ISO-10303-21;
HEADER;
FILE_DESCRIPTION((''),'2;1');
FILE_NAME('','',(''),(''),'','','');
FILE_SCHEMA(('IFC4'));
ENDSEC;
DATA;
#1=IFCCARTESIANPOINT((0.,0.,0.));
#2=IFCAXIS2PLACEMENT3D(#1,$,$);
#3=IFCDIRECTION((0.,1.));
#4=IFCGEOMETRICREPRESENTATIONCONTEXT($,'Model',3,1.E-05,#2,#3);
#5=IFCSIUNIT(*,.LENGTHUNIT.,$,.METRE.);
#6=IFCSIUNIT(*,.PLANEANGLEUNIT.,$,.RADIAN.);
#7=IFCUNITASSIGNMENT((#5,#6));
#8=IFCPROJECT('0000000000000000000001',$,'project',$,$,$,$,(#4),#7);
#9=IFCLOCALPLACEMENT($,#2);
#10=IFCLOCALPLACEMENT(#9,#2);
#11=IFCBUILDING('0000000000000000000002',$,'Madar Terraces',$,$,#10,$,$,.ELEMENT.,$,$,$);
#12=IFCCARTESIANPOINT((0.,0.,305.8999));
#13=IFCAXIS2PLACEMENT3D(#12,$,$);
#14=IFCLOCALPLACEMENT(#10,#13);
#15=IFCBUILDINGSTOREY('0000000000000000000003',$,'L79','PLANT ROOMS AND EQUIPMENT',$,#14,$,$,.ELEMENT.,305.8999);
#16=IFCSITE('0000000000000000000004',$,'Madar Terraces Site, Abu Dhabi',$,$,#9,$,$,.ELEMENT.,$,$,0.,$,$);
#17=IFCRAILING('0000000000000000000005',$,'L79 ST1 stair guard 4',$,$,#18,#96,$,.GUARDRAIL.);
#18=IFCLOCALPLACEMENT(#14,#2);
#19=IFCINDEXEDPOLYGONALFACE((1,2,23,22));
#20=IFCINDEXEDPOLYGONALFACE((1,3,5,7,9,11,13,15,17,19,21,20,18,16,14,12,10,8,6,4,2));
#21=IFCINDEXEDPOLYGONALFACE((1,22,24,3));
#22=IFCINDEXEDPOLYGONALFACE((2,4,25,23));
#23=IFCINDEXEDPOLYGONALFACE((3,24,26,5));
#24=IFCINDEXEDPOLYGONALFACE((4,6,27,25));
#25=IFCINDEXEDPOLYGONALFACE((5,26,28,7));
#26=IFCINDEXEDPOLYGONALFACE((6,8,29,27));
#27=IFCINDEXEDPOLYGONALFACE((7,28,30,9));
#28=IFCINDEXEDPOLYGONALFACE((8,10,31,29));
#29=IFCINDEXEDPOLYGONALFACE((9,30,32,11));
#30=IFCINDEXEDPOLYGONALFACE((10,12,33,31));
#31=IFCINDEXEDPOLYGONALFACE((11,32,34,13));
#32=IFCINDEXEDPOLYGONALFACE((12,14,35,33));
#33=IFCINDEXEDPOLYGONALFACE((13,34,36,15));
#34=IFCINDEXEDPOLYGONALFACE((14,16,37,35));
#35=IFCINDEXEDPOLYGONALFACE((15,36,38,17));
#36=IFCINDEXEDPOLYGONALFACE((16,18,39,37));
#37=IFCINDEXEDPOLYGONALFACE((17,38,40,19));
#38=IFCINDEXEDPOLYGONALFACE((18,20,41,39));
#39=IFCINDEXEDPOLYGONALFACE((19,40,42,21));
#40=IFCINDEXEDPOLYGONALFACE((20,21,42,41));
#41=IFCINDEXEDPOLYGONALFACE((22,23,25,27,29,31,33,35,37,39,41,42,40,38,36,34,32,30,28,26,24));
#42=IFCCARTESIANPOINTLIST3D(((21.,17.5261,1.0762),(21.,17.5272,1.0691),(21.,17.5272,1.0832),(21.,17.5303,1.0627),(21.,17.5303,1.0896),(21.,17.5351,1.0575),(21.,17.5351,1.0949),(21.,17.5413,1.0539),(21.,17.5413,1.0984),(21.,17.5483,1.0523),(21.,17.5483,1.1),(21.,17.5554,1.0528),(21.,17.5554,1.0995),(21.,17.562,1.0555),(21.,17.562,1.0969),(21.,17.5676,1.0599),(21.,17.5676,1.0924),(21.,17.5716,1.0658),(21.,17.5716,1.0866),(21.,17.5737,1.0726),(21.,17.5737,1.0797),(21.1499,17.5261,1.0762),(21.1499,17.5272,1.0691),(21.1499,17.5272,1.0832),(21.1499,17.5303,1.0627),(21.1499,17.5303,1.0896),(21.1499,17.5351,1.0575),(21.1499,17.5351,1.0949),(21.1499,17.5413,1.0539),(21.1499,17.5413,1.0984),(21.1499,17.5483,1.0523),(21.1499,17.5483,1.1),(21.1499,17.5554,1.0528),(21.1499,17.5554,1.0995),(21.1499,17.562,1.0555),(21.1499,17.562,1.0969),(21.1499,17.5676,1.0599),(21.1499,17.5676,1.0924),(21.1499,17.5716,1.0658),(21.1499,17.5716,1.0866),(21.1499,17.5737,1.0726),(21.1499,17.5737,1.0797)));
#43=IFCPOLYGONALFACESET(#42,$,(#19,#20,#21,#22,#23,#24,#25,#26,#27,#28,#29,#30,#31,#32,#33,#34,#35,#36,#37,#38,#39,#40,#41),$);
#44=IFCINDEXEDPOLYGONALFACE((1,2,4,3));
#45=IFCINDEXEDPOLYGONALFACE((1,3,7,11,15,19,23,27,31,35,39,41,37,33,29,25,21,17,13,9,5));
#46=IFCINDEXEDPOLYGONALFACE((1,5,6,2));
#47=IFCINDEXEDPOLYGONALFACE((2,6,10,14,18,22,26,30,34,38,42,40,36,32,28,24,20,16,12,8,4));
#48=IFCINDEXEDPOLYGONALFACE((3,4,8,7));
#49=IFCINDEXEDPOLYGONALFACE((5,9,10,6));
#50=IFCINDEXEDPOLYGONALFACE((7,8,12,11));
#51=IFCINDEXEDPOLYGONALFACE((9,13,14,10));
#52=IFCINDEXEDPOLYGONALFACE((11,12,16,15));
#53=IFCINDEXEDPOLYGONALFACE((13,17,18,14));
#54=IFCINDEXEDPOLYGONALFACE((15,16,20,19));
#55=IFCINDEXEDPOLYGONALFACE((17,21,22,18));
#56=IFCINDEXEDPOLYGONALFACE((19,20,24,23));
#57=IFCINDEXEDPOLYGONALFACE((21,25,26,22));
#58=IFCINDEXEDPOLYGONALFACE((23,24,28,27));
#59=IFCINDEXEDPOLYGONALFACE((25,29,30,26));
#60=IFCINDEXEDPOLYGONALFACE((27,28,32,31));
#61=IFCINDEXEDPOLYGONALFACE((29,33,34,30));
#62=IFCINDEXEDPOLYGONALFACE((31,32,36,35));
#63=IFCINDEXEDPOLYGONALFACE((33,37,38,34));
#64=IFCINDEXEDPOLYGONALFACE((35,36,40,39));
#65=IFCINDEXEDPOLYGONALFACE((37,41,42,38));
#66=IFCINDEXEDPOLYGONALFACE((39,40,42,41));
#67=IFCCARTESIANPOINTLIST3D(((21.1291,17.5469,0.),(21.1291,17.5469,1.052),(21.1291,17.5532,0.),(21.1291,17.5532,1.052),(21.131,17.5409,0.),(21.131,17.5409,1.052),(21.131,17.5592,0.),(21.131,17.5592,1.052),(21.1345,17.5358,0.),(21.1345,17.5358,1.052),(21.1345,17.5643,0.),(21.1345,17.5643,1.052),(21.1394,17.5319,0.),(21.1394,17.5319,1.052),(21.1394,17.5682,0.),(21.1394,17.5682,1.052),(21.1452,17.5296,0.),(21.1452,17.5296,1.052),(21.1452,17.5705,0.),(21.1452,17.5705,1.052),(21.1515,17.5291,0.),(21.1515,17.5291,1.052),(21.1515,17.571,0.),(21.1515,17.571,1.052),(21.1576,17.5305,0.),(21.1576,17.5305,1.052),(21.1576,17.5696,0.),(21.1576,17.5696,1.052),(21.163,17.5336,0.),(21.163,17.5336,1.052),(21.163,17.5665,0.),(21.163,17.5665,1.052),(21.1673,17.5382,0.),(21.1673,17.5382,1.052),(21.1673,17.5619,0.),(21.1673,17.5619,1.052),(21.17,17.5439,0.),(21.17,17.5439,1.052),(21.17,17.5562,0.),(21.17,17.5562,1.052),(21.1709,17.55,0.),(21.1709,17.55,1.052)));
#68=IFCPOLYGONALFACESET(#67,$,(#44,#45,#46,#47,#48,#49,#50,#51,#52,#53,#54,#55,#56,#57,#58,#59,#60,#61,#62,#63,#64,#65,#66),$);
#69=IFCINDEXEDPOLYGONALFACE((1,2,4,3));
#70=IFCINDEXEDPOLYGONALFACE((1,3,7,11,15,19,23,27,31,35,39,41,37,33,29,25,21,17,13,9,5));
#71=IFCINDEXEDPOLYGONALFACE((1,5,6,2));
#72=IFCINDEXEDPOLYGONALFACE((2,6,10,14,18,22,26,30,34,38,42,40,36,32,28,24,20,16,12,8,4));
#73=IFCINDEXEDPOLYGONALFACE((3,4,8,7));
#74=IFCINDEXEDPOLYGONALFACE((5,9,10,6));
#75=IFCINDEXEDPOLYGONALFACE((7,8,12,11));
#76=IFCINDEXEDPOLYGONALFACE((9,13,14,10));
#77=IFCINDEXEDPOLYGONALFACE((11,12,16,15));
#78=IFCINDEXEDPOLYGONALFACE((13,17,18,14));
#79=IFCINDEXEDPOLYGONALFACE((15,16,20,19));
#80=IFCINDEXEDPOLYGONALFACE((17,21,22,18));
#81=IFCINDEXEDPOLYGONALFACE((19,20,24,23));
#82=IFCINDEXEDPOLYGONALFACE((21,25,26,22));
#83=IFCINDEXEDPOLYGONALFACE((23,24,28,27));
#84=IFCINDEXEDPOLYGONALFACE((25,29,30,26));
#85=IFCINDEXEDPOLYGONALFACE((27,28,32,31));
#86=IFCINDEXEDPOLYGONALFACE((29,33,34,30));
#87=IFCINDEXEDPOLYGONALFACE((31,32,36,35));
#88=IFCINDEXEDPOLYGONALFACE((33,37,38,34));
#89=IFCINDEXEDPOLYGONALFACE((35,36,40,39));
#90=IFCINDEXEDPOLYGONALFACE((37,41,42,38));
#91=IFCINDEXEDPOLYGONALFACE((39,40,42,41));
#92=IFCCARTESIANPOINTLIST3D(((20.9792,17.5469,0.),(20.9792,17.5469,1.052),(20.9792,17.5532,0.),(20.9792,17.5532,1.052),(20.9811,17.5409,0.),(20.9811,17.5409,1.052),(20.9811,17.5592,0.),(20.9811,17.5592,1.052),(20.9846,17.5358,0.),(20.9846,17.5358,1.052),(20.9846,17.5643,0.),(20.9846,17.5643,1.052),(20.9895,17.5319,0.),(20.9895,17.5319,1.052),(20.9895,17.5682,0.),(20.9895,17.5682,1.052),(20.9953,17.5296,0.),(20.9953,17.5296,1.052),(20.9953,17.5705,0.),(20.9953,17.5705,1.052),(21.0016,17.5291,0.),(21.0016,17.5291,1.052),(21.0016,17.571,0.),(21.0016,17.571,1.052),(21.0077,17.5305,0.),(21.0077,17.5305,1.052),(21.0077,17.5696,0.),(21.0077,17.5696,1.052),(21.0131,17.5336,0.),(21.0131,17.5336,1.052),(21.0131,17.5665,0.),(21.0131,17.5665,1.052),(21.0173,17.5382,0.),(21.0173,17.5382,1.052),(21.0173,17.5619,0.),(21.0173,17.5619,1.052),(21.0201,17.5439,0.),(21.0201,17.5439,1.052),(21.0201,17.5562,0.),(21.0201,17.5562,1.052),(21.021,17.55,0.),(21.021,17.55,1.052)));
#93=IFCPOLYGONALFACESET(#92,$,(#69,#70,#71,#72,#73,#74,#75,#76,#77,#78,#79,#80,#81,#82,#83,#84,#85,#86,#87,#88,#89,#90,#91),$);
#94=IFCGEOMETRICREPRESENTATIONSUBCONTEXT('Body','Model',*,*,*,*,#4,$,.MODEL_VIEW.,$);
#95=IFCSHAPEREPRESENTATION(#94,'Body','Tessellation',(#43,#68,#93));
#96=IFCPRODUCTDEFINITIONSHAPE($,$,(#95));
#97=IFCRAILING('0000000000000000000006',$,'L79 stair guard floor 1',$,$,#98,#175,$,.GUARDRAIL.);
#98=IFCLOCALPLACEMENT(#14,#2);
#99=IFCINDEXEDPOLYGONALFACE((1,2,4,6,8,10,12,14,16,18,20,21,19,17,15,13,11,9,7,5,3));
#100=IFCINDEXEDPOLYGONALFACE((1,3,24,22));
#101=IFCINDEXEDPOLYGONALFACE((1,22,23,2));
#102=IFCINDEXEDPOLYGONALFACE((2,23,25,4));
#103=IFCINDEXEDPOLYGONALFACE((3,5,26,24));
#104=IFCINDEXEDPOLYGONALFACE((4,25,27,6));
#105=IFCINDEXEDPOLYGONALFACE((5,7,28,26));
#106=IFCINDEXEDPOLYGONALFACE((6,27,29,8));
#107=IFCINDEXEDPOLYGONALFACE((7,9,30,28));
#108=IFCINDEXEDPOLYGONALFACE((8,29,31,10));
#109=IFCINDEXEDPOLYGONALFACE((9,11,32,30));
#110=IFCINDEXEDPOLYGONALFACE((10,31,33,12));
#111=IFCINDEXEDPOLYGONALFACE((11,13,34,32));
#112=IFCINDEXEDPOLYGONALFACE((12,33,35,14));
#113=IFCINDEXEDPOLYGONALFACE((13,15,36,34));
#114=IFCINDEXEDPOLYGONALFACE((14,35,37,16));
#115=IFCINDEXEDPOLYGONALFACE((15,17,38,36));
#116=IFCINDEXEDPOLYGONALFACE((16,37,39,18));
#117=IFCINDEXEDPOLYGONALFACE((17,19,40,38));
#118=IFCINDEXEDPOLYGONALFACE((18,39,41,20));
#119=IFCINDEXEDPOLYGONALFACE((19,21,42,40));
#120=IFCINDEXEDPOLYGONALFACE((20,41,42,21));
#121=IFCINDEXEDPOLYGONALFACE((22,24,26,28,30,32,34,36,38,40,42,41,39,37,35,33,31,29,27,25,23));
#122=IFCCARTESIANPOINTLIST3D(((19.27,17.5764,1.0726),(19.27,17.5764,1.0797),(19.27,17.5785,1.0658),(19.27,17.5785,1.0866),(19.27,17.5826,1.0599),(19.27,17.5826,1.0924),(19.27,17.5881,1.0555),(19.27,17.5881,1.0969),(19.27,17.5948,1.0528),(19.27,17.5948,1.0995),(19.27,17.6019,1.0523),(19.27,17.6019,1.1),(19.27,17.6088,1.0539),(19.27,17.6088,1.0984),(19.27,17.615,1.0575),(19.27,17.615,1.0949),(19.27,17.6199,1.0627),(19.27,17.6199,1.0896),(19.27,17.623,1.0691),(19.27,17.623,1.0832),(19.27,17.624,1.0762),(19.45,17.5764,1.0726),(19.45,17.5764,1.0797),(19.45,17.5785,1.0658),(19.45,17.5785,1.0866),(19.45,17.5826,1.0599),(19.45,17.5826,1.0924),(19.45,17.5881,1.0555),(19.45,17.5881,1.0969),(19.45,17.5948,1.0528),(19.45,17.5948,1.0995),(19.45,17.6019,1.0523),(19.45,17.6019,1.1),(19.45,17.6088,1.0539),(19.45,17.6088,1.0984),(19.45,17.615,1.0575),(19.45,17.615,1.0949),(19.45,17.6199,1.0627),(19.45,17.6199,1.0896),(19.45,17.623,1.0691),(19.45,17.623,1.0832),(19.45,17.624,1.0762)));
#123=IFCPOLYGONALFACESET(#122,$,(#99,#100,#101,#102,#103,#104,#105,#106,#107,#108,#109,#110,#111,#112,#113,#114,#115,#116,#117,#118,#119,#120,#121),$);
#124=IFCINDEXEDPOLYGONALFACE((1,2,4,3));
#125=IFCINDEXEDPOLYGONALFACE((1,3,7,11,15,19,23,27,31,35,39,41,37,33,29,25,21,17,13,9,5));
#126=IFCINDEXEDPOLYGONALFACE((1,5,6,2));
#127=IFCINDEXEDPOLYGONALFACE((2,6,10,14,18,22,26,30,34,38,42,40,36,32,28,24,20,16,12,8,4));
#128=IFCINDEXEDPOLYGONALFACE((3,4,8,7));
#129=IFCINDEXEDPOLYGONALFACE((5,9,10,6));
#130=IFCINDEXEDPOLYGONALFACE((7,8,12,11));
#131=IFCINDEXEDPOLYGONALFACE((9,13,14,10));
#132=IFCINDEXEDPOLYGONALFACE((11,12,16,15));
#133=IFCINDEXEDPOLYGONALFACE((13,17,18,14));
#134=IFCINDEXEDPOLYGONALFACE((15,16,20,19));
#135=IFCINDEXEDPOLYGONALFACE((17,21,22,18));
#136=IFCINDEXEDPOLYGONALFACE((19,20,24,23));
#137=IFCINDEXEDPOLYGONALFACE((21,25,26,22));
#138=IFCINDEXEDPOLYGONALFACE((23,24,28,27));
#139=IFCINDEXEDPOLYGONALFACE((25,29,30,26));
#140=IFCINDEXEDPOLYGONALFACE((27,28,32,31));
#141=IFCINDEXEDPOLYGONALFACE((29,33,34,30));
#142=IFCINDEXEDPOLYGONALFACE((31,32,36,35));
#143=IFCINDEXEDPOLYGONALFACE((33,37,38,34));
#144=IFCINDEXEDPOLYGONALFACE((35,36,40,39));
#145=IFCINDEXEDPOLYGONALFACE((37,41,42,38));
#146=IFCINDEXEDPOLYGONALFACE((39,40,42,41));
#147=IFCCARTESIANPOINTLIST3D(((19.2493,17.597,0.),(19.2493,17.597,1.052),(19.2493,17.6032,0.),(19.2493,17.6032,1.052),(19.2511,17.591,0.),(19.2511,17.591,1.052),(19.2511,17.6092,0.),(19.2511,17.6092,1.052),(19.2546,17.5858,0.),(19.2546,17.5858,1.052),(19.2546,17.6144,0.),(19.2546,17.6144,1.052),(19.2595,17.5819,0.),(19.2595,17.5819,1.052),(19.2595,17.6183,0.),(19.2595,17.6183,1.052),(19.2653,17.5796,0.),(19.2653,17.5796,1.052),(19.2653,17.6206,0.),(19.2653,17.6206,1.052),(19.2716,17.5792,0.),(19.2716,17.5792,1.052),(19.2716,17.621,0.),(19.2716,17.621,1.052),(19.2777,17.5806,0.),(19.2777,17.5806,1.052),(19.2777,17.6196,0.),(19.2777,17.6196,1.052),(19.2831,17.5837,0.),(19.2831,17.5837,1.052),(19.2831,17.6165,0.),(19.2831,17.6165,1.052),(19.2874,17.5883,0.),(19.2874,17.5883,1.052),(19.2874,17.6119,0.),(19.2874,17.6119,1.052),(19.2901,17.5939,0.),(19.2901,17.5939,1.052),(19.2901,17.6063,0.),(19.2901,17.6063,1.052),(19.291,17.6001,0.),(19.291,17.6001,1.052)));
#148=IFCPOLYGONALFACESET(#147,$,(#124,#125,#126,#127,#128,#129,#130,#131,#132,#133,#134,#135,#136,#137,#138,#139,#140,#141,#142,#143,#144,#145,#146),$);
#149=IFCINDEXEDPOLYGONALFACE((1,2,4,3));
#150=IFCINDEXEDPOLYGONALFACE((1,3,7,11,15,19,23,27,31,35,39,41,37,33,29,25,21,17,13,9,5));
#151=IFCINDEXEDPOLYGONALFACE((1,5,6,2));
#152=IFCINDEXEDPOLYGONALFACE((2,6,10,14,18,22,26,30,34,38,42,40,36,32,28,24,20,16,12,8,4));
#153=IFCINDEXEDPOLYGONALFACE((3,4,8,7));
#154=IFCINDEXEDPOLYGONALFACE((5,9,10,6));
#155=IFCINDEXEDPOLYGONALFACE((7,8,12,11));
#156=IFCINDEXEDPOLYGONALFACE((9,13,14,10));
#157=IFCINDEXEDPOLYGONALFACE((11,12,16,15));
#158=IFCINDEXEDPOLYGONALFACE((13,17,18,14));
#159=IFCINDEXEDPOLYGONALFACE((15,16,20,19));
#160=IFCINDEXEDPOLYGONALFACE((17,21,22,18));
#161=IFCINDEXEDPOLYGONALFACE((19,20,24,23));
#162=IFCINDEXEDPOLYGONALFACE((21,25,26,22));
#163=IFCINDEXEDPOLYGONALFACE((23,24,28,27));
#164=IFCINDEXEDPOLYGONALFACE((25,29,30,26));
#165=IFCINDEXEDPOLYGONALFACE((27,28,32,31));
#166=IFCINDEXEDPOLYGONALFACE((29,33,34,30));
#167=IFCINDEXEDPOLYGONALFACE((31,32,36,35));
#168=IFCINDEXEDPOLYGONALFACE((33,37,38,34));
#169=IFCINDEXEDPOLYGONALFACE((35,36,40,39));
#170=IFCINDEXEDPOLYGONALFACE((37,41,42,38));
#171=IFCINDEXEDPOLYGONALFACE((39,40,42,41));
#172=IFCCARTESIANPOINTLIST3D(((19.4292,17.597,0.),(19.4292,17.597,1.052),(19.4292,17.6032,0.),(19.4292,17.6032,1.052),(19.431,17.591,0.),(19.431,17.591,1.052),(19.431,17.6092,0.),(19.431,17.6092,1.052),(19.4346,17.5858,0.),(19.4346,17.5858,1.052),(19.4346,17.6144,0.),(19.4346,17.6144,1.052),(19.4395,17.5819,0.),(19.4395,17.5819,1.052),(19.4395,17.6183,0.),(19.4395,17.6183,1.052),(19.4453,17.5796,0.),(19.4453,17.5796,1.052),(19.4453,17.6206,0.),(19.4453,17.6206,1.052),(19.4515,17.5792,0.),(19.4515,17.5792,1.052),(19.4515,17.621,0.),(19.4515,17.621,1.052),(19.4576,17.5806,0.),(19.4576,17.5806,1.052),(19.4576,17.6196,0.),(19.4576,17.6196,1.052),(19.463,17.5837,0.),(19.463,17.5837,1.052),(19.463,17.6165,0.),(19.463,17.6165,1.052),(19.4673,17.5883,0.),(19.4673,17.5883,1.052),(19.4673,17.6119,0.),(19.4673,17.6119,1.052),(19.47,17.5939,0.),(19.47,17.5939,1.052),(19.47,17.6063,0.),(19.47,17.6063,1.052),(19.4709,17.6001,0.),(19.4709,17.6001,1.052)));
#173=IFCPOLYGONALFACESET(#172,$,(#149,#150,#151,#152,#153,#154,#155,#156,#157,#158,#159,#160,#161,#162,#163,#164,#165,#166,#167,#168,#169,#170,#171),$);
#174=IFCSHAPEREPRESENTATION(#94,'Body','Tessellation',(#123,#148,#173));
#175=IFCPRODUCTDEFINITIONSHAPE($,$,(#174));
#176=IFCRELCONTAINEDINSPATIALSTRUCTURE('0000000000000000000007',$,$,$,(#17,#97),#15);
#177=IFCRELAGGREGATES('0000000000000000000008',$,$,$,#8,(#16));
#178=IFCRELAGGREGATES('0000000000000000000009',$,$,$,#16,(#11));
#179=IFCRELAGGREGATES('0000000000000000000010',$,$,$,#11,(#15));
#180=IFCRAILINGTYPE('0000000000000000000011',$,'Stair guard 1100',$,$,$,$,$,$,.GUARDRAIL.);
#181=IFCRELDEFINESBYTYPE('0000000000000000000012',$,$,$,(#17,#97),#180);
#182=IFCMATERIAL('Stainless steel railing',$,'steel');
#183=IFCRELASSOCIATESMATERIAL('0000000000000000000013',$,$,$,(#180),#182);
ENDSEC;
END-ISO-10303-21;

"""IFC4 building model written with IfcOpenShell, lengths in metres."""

from ifc_helpers import new_model, si_unit, direction, frame, origin, origin_2d, place, context, subcontext, project, spatial, circle, extrude, material, type_object, element, save


model = new_model("IFC4")

# Units and contexts
model_context = context("Model", 3, precision=1e-05, world=origin(), true_north=direction((0.0, 1.0)))
body_context = subcontext(model_context, "Body", "Model", "MODEL_VIEW")
ifc_project = project(units=[si_unit("LENGTHUNIT", "METRE"), si_unit("PLANEANGLEUNIT", "RADIAN")], contexts=[model_context])

# Site, building, storey
site_placement = place(None, origin())
site = spatial("IfcSite", under=ifc_project, at=site_placement, Name="Madar Terraces Site, Abu Dhabi", CompositionType="ELEMENT", RefElevation=0.0)
building_placement = place(site_placement, origin())
building = spatial("IfcBuilding", under=site, at=building_placement, Name="Madar Terraces", CompositionType="ELEMENT")
storey_placement = place(building_placement, frame((0.0, 0.0, 305.8999)))
storey = spatial("IfcBuildingStorey", under=building, at=storey_placement, Name="L79", Description="PLANT ROOMS AND EQUIPMENT", CompositionType="ELEMENT", Elevation=305.8999)

# Railings
ifc_material_1 = material(Name="Stainless steel railing", Category="steel")
railing_type_1 = type_object("IfcRailingType", Name="Stair guard 1100", PredefinedType="GUARDRAIL", material=ifc_material_1)
railing_1_placement = place(storey_placement, frame((21.1499, 17.55, 0.0)))
element("IfcRailing", 1, at=railing_1_placement, inside=storey, type_object=railing_type_1, Name="L79 ST1 stair guard 4", PredefinedType="GUARDRAIL", context=body_context, shape_type="SweptSolid", body=[
    extrude(circle(Radius=0.0239, at=origin_2d()), frame((0.0, 0.0, 1.0762), z_axis=(-1.0, 0.0, 0.0), x_axis=(0.0, -1.0, 0.0)), (0.0, 0.0, 1.0), 0.1499),
    extrude(circle(Radius=0.021, at=origin_2d()), origin(), (0.0, 0.0, 1.0), 1.052),
    extrude(circle(Radius=0.021, at=origin_2d()), frame((-0.1499, 0.0, 0.0)), (0.0, 0.0, 1.0), 1.052),
])
for number, where, name in (
    (2, (19.27, 17.6001, 0.0), "L79 stair guard floor 1"),
):
    element("IfcRailing", number, at=place(storey_placement, frame(where)), inside=storey, type_object=railing_type_1, Name=name, PredefinedType="GUARDRAIL", context=body_context, shape_type="SweptSolid", body=[
        extrude(circle(Radius=0.0239, at=origin_2d()), frame((0.0, 0.0, 1.0762), z_axis=(1.0, 0.0, 0.0), x_axis=(0.0, 1.0, 0.0)), (0.0, 0.0, 1.0), 0.1799),
        extrude(circle(Radius=0.021, at=origin_2d()), origin(), (0.0, 0.0, 1.0), 1.052),
        extrude(circle(Radius=0.021, at=origin_2d()), frame((0.1799, 0.0, 0.0)), (0.0, 0.0, 1.0), 1.052),
    ])

save(model, "model.ifc")
